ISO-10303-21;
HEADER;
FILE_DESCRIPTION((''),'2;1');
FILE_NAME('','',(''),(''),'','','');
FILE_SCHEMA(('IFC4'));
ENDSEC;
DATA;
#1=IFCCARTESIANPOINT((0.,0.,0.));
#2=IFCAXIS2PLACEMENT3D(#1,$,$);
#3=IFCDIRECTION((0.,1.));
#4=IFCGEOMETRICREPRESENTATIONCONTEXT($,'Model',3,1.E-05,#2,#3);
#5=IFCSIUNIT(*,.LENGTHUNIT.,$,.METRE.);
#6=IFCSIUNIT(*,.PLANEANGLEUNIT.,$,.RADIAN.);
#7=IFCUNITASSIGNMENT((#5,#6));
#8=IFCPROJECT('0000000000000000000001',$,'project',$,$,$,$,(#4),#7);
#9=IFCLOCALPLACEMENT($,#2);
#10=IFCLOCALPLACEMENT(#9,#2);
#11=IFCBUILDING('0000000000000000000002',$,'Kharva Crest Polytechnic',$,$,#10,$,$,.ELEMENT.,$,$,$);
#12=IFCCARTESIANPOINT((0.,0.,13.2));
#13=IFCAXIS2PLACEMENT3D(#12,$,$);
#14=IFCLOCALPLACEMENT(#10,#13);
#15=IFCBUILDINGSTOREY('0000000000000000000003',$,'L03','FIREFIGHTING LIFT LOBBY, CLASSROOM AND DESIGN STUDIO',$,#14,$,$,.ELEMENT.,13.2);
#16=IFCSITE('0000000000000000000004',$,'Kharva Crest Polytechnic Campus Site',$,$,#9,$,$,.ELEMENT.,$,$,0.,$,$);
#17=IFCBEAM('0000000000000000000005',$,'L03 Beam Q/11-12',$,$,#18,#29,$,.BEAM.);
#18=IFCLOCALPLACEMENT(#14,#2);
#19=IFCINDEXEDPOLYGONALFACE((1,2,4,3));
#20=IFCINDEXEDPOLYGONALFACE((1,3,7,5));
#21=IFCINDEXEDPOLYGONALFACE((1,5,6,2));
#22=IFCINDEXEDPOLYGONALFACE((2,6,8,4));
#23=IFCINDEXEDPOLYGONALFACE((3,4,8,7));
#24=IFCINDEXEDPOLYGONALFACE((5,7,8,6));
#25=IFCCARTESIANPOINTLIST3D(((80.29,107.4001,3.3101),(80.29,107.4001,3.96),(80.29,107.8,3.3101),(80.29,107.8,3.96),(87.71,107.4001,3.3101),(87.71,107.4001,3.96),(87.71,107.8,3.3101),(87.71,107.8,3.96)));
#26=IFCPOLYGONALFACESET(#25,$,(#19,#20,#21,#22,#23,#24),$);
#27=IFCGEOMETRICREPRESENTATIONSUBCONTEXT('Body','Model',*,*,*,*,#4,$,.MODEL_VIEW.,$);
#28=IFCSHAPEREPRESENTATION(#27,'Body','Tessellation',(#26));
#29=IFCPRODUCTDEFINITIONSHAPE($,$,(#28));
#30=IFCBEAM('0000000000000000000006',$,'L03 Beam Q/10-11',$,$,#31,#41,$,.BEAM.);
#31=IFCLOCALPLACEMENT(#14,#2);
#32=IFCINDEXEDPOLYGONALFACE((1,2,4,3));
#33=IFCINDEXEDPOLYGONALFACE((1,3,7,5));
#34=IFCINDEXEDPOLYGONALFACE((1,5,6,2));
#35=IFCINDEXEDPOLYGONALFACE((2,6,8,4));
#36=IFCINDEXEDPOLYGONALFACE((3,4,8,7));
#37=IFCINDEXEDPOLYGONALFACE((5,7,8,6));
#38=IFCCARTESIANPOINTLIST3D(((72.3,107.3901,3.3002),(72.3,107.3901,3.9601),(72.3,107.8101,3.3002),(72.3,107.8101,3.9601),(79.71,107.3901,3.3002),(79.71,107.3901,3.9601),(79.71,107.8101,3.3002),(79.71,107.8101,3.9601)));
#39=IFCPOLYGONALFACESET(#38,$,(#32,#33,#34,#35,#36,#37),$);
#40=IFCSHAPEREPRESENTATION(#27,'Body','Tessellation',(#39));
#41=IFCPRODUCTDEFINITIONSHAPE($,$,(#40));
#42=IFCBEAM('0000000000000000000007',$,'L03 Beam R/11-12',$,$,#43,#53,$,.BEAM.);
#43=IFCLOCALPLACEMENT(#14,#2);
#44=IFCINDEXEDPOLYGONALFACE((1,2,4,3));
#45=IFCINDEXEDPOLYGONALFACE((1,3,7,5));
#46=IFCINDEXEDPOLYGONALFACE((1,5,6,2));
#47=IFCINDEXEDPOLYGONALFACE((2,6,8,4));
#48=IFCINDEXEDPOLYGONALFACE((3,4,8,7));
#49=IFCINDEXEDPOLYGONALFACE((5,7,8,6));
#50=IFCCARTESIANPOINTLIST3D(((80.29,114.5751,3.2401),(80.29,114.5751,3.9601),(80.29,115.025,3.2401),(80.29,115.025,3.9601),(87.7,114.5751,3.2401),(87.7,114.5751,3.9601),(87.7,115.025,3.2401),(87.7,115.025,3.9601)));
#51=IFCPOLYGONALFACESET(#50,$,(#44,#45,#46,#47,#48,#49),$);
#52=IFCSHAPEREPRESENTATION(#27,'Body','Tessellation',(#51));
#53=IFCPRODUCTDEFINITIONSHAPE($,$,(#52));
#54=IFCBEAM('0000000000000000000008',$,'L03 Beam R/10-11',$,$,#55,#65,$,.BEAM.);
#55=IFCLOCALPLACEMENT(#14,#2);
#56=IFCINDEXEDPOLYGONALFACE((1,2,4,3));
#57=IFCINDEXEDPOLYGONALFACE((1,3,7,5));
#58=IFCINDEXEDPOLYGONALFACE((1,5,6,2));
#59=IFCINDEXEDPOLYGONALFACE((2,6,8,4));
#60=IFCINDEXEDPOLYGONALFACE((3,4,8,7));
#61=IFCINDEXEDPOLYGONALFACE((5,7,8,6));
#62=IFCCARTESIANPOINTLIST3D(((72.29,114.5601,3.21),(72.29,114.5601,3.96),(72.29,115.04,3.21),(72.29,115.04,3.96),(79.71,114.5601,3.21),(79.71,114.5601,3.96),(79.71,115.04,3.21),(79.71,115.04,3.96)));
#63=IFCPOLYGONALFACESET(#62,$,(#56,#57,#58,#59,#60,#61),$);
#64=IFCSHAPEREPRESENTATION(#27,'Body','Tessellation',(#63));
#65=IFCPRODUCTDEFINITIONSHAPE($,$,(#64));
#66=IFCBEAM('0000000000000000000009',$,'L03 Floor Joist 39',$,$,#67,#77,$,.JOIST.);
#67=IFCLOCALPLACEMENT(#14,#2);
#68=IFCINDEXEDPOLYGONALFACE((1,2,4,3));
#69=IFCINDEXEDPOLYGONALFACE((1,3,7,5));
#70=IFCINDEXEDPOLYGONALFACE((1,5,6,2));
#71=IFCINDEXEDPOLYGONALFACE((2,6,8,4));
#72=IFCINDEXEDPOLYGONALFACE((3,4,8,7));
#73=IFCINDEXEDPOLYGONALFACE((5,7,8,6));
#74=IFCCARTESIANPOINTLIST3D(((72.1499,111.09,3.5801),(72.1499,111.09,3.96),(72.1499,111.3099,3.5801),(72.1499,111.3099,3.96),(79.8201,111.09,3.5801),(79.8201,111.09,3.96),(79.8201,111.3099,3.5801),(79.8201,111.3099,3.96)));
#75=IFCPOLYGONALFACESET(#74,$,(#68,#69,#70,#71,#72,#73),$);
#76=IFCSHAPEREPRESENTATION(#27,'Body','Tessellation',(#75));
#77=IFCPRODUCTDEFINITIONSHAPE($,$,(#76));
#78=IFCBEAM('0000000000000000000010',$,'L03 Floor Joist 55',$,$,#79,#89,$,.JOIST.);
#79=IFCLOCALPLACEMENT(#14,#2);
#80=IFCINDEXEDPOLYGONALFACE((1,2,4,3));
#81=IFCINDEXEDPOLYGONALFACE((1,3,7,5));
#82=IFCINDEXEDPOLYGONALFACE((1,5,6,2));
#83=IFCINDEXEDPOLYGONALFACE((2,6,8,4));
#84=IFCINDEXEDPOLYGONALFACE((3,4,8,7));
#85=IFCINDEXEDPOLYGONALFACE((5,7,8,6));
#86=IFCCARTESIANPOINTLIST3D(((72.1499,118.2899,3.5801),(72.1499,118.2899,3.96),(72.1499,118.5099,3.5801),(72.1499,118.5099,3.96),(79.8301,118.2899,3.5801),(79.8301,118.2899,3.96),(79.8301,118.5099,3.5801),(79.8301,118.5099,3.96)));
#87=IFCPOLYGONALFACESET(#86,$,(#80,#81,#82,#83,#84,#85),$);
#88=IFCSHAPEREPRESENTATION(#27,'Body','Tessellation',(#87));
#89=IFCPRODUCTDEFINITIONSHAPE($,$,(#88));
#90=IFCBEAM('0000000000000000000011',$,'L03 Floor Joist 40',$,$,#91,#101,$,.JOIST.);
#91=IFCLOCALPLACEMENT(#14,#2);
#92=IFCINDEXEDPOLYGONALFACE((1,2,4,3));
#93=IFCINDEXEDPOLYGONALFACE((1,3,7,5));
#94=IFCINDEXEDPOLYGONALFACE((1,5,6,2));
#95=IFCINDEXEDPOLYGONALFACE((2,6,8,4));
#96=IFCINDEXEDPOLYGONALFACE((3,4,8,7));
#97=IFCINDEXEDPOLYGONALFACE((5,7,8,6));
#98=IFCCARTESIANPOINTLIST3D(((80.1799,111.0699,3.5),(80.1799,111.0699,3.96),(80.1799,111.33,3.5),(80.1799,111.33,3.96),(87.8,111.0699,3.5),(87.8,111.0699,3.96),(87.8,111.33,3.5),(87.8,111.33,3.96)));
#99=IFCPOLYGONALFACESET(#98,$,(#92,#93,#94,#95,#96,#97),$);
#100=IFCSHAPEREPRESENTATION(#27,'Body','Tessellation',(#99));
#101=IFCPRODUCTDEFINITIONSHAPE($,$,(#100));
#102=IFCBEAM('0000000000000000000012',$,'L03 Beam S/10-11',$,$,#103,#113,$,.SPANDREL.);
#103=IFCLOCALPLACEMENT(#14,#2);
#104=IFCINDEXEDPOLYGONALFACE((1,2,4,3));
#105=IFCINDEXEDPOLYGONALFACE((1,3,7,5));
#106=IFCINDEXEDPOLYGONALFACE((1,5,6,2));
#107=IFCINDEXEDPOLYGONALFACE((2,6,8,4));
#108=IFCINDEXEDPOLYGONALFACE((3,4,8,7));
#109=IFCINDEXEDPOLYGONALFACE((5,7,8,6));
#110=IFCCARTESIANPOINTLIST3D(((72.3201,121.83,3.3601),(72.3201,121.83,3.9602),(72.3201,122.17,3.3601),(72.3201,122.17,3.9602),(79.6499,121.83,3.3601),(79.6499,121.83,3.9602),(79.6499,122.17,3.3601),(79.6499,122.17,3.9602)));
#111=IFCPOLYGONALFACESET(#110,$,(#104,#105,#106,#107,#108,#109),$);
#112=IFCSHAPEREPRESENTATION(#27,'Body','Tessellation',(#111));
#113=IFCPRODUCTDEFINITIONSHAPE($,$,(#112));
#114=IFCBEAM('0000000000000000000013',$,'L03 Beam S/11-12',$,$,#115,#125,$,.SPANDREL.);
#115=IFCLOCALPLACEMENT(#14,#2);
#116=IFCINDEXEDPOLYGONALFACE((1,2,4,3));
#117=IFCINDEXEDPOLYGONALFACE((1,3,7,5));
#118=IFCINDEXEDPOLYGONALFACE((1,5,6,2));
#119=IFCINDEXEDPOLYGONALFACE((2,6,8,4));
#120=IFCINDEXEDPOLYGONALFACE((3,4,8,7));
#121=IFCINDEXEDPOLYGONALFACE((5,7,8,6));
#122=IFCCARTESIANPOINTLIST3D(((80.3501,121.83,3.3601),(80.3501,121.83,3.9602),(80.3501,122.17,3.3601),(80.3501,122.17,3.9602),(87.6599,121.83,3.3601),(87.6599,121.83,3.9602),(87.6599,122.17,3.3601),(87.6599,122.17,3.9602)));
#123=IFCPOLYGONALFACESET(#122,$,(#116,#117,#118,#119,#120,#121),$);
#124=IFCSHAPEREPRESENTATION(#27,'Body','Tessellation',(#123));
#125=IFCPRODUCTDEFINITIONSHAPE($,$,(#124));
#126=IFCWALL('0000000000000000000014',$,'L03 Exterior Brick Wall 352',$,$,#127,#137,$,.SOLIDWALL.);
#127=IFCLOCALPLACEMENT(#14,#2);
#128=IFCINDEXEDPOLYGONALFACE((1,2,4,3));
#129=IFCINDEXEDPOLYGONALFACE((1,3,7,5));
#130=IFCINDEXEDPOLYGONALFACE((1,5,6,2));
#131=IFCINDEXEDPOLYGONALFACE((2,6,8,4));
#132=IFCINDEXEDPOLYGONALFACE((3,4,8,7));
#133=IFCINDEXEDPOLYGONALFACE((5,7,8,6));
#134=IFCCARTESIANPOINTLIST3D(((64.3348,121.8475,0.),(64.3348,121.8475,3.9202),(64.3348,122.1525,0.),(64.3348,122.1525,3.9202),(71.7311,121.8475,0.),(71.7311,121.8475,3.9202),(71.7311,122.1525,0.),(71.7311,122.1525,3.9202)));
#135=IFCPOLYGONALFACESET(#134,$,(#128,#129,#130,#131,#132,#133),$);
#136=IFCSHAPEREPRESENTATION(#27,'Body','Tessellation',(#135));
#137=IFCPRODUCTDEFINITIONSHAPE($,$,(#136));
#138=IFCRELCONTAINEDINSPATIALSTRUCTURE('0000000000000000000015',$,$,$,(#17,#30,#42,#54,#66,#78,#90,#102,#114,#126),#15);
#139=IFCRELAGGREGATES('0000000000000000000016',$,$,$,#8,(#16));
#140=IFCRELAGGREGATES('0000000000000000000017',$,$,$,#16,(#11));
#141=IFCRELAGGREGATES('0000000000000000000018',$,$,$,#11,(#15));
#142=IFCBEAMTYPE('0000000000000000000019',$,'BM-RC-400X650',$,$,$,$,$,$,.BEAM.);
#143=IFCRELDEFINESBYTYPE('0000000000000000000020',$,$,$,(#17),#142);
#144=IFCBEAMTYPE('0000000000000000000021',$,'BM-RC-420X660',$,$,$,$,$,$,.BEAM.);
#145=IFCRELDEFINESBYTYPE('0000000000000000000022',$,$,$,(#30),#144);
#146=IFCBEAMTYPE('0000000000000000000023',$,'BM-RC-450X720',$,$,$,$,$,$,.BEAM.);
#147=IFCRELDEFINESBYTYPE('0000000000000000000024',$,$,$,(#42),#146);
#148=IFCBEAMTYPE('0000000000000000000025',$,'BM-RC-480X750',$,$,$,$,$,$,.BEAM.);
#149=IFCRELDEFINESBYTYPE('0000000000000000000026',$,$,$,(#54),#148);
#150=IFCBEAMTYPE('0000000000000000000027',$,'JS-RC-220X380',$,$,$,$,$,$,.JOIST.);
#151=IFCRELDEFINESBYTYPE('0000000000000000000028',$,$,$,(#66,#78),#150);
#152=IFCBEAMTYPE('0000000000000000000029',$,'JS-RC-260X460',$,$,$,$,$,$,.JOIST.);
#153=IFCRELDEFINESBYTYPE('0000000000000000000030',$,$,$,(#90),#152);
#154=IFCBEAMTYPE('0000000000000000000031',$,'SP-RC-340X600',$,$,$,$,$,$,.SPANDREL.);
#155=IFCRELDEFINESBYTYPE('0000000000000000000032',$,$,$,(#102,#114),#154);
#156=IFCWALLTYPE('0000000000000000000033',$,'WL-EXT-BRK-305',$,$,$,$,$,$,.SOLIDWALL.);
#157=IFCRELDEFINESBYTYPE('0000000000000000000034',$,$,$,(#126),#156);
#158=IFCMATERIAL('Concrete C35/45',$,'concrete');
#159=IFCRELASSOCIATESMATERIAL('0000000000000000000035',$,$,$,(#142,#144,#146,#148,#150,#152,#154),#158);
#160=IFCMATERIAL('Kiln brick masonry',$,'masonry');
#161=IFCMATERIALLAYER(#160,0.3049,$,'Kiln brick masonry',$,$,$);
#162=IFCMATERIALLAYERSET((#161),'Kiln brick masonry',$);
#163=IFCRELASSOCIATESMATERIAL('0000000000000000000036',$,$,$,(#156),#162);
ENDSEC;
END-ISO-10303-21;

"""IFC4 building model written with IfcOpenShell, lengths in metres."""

from ifc_helpers import new_model, si_unit, direction, frame, frame_2d, origin, origin_2d, place, context, subcontext, project, spatial, rectangle, extrude, material, layer, layer_set, material_profile, profile_set, type_object, element, save


model = new_model("IFC4")

# Units and contexts
model_context = context("Model", 3, precision=1e-05, world=origin(), true_north=direction((0.0, 1.0)))
body_context = subcontext(model_context, "Body", "Model", "MODEL_VIEW")
ifc_project = project(units=[si_unit("LENGTHUNIT", "METRE"), si_unit("PLANEANGLEUNIT", "RADIAN")], contexts=[model_context])

# Site, building, storey
site_placement = place(None, origin())
site = spatial("IfcSite", under=ifc_project, at=site_placement, Name="Kharva Crest Polytechnic Campus Site", CompositionType="ELEMENT", RefElevation=0.0)
building_placement = place(site_placement, origin())
building = spatial("IfcBuilding", under=site, at=building_placement, Name="Kharva Crest Polytechnic", CompositionType="ELEMENT")
storey_placement = place(building_placement, frame((0.0, 0.0, 13.2)))
storey = spatial("IfcBuildingStorey", under=building, at=storey_placement, Name="L03", Description="FIREFIGHTING LIFT LOBBY, CLASSROOM AND DESIGN STUDIO", CompositionType="ELEMENT", Elevation=13.2)

# Beams
ifc_material_1 = material(Name="Concrete C35/45", Category="concrete")
ifc_material_profile_1 = material_profile(ifc_material_1, rectangle(XDim=0.3999, YDim=0.6499, at=origin_2d()), Name="RECT 400 X 650")
ifc_profile_set_1 = profile_set([ifc_material_profile_1], Name="Concrete C35/45")
beam_type_1 = type_object("IfcBeamType", Name="BM-RC-400X650", PredefinedType="BEAM", material=ifc_profile_set_1)
beam_1_placement = place(storey_placement, frame((80.29, 107.6001, 3.635), z_axis=(1.0, 0.0, 0.0), x_axis=(0.0, 1.0, 0.0)))
element("IfcBeam", 1, at=beam_1_placement, inside=storey, type_object=beam_type_1, Name="L03 Beam Q/11-12", PredefinedType="BEAM", context=body_context, shape_type="SweptSolid", body=[
    extrude(rectangle(XDim=0.3999, YDim=0.6499, at=origin_2d()), origin(), (0.0, 0.0, 1.0), 7.4199),
])
ifc_material_profile_2 = material_profile(ifc_material_1, rectangle(XDim=0.4199, YDim=0.6599, at=origin_2d()), Name="RECT 420 X 660")
ifc_profile_set_2 = profile_set([ifc_material_profile_2], Name="Concrete C35/45")
beam_type_2 = type_object("IfcBeamType", Name="BM-RC-420X660", PredefinedType="BEAM", material=ifc_profile_set_2)
beam_2_placement = place(storey_placement, frame((72.3, 107.6001, 3.6301), z_axis=(1.0, 0.0, 0.0), x_axis=(0.0, 1.0, 0.0)))
element("IfcBeam", 2, at=beam_2_placement, inside=storey, type_object=beam_type_2, Name="L03 Beam Q/10-11", PredefinedType="BEAM", context=body_context, shape_type="SweptSolid", body=[
    extrude(rectangle(XDim=0.4199, YDim=0.6599, at=origin_2d()), origin(), (0.0, 0.0, 1.0), 7.4099),
])
ifc_material_profile_3 = material_profile(ifc_material_1, rectangle(XDim=0.45, YDim=0.72, at=origin_2d()), Name="RECT 450 X 720")
ifc_profile_set_3 = profile_set([ifc_material_profile_3], Name="Concrete C35/45")
beam_type_3 = type_object("IfcBeamType", Name="BM-RC-450X720", PredefinedType="BEAM", material=ifc_profile_set_3)
beam_3_placement = place(storey_placement, frame((80.29, 114.8, 3.6001), z_axis=(1.0, 0.0, 0.0), x_axis=(0.0, 1.0, 0.0)))
element("IfcBeam", 3, at=beam_3_placement, inside=storey, type_object=beam_type_3, Name="L03 Beam R/11-12", PredefinedType="BEAM", context=body_context, shape_type="SweptSolid", body=[
    extrude(rectangle(XDim=0.45, YDim=0.72, at=origin_2d()), origin(), (0.0, 0.0, 1.0), 7.4099),
])
ifc_material_profile_4 = material_profile(ifc_material_1, rectangle(XDim=0.48, YDim=0.75, at=origin_2d()), Name="RECT 480 X 750")
ifc_profile_set_4 = profile_set([ifc_material_profile_4], Name="Concrete C35/45")
beam_type_4 = type_object("IfcBeamType", Name="BM-RC-480X750", PredefinedType="BEAM", material=ifc_profile_set_4)
beam_4_placement = place(storey_placement, frame((72.29, 114.8, 3.585), z_axis=(1.0, 0.0, 0.0), x_axis=(0.0, 1.0, 0.0)))
element("IfcBeam", 4, at=beam_4_placement, inside=storey, type_object=beam_type_4, Name="L03 Beam R/10-11", PredefinedType="BEAM", context=body_context, shape_type="SweptSolid", body=[
    extrude(rectangle(XDim=0.48, YDim=0.75, at=origin_2d()), origin(), (0.0, 0.0, 1.0), 7.4199),
])
ifc_material_profile_5 = material_profile(ifc_material_1, rectangle(XDim=0.22, YDim=0.3799, at=origin_2d()), Name="RECT 220 X 380")
ifc_profile_set_5 = profile_set([ifc_material_profile_5], Name="Concrete C35/45")
beam_type_5 = type_object("IfcBeamType", Name="JS-RC-220X380", PredefinedType="JOIST", material=ifc_profile_set_5)
beam_5_placement = place(storey_placement, frame((72.1499, 111.2, 3.77), z_axis=(1.0, 0.0, 0.0), x_axis=(0.0, 1.0, 0.0)))
element("IfcBeam", 5, at=beam_5_placement, inside=storey, type_object=beam_type_5, Name="L03 Floor Joist 39", PredefinedType="JOIST", context=body_context, shape_type="SweptSolid", body=[
    extrude(rectangle(XDim=0.22, YDim=0.3799, at=origin_2d()), origin(), (0.0, 0.0, 1.0), 7.6702),
])
beam_6_placement = place(storey_placement, frame((72.1499, 118.3999, 3.77), z_axis=(1.0, 0.0, 0.0), x_axis=(0.0, 1.0, 0.0)))
element("IfcBeam", 6, at=beam_6_placement, inside=storey, type_object=beam_type_5, Name="L03 Floor Joist 55", PredefinedType="JOIST", context=body_context, shape_type="SweptSolid", body=[
    extrude(rectangle(XDim=0.22, YDim=0.3799, at=origin_2d()), origin(), (0.0, 0.0, 1.0), 7.6802),
])
ifc_material_profile_6 = material_profile(ifc_material_1, rectangle(XDim=0.26, YDim=0.46, at=origin_2d()), Name="RECT 260 X 460")
ifc_profile_set_6 = profile_set([ifc_material_profile_6], Name="Concrete C35/45")
beam_type_6 = type_object("IfcBeamType", Name="JS-RC-260X460", PredefinedType="JOIST", material=ifc_profile_set_6)
beam_7_placement = place(storey_placement, frame((80.1799, 111.2, 3.73), z_axis=(1.0, 0.0, 0.0), x_axis=(0.0, 1.0, 0.0)))
element("IfcBeam", 7, at=beam_7_placement, inside=storey, type_object=beam_type_6, Name="L03 Floor Joist 40", PredefinedType="JOIST", context=body_context, shape_type="SweptSolid", body=[
    extrude(rectangle(XDim=0.26, YDim=0.46, at=origin_2d()), origin(), (0.0, 0.0, 1.0), 7.6201),
])
ifc_material_profile_7 = material_profile(ifc_material_1, rectangle(XDim=0.3401, YDim=0.6001, at=origin_2d()), Name="RECT 340 X 600")
ifc_profile_set_7 = profile_set([ifc_material_profile_7], Name="Concrete C35/45")
beam_type_7 = type_object("IfcBeamType", Name="SP-RC-340X600", PredefinedType="SPANDREL", material=ifc_profile_set_7)
beam_8_placement = place(storey_placement, frame((72.3201, 122.0, 3.6602), z_axis=(1.0, 0.0, 0.0), x_axis=(0.0, 1.0, 0.0)))
element("IfcBeam", 8, at=beam_8_placement, inside=storey, type_object=beam_type_7, Name="L03 Beam S/10-11", PredefinedType="SPANDREL", context=body_context, shape_type="SweptSolid", body=[
    extrude(rectangle(XDim=0.3401, YDim=0.6001, at=origin_2d()), origin(), (0.0, 0.0, 1.0), 7.3298),
])
beam_9_placement = place(storey_placement, frame((80.3501, 122.0, 3.6602), z_axis=(1.0, 0.0, 0.0), x_axis=(0.0, 1.0, 0.0)))
element("IfcBeam", 9, at=beam_9_placement, inside=storey, type_object=beam_type_7, Name="L03 Beam S/11-12", PredefinedType="SPANDREL", context=body_context, shape_type="SweptSolid", body=[
    extrude(rectangle(XDim=0.3401, YDim=0.6001, at=origin_2d()), origin(), (0.0, 0.0, 1.0), 7.3098),
])

# Wall
ifc_material_2 = material(Name="Kiln brick masonry", Category="masonry")
ifc_layer_1 = layer(ifc_material_2, 0.3049, Name="Kiln brick masonry")
ifc_layer_set_1 = layer_set([ifc_layer_1], Name="Kiln brick masonry")
wall_type_1 = type_object("IfcWallType", Name="WL-EXT-BRK-305", PredefinedType="SOLIDWALL", material=ifc_layer_set_1)
wall_1_placement = place(storey_placement, frame((71.7312, 122.0, 0.0), z_axis=(0.0, 0.0, 1.0), x_axis=(-1.0, 0.0, 0.0)))
element("IfcWall", 10, at=wall_1_placement, inside=storey, type_object=wall_type_1, Name="L03 Exterior Brick Wall 352", PredefinedType="SOLIDWALL", context=body_context, shape_type="SweptSolid", body=[
    extrude(rectangle(XDim=7.3962, YDim=0.3049, at=frame_2d((3.6982, 0.0))), origin(), (0.0, 0.0, 1.0), 3.9202),
])

save(model, "model.ifc")
